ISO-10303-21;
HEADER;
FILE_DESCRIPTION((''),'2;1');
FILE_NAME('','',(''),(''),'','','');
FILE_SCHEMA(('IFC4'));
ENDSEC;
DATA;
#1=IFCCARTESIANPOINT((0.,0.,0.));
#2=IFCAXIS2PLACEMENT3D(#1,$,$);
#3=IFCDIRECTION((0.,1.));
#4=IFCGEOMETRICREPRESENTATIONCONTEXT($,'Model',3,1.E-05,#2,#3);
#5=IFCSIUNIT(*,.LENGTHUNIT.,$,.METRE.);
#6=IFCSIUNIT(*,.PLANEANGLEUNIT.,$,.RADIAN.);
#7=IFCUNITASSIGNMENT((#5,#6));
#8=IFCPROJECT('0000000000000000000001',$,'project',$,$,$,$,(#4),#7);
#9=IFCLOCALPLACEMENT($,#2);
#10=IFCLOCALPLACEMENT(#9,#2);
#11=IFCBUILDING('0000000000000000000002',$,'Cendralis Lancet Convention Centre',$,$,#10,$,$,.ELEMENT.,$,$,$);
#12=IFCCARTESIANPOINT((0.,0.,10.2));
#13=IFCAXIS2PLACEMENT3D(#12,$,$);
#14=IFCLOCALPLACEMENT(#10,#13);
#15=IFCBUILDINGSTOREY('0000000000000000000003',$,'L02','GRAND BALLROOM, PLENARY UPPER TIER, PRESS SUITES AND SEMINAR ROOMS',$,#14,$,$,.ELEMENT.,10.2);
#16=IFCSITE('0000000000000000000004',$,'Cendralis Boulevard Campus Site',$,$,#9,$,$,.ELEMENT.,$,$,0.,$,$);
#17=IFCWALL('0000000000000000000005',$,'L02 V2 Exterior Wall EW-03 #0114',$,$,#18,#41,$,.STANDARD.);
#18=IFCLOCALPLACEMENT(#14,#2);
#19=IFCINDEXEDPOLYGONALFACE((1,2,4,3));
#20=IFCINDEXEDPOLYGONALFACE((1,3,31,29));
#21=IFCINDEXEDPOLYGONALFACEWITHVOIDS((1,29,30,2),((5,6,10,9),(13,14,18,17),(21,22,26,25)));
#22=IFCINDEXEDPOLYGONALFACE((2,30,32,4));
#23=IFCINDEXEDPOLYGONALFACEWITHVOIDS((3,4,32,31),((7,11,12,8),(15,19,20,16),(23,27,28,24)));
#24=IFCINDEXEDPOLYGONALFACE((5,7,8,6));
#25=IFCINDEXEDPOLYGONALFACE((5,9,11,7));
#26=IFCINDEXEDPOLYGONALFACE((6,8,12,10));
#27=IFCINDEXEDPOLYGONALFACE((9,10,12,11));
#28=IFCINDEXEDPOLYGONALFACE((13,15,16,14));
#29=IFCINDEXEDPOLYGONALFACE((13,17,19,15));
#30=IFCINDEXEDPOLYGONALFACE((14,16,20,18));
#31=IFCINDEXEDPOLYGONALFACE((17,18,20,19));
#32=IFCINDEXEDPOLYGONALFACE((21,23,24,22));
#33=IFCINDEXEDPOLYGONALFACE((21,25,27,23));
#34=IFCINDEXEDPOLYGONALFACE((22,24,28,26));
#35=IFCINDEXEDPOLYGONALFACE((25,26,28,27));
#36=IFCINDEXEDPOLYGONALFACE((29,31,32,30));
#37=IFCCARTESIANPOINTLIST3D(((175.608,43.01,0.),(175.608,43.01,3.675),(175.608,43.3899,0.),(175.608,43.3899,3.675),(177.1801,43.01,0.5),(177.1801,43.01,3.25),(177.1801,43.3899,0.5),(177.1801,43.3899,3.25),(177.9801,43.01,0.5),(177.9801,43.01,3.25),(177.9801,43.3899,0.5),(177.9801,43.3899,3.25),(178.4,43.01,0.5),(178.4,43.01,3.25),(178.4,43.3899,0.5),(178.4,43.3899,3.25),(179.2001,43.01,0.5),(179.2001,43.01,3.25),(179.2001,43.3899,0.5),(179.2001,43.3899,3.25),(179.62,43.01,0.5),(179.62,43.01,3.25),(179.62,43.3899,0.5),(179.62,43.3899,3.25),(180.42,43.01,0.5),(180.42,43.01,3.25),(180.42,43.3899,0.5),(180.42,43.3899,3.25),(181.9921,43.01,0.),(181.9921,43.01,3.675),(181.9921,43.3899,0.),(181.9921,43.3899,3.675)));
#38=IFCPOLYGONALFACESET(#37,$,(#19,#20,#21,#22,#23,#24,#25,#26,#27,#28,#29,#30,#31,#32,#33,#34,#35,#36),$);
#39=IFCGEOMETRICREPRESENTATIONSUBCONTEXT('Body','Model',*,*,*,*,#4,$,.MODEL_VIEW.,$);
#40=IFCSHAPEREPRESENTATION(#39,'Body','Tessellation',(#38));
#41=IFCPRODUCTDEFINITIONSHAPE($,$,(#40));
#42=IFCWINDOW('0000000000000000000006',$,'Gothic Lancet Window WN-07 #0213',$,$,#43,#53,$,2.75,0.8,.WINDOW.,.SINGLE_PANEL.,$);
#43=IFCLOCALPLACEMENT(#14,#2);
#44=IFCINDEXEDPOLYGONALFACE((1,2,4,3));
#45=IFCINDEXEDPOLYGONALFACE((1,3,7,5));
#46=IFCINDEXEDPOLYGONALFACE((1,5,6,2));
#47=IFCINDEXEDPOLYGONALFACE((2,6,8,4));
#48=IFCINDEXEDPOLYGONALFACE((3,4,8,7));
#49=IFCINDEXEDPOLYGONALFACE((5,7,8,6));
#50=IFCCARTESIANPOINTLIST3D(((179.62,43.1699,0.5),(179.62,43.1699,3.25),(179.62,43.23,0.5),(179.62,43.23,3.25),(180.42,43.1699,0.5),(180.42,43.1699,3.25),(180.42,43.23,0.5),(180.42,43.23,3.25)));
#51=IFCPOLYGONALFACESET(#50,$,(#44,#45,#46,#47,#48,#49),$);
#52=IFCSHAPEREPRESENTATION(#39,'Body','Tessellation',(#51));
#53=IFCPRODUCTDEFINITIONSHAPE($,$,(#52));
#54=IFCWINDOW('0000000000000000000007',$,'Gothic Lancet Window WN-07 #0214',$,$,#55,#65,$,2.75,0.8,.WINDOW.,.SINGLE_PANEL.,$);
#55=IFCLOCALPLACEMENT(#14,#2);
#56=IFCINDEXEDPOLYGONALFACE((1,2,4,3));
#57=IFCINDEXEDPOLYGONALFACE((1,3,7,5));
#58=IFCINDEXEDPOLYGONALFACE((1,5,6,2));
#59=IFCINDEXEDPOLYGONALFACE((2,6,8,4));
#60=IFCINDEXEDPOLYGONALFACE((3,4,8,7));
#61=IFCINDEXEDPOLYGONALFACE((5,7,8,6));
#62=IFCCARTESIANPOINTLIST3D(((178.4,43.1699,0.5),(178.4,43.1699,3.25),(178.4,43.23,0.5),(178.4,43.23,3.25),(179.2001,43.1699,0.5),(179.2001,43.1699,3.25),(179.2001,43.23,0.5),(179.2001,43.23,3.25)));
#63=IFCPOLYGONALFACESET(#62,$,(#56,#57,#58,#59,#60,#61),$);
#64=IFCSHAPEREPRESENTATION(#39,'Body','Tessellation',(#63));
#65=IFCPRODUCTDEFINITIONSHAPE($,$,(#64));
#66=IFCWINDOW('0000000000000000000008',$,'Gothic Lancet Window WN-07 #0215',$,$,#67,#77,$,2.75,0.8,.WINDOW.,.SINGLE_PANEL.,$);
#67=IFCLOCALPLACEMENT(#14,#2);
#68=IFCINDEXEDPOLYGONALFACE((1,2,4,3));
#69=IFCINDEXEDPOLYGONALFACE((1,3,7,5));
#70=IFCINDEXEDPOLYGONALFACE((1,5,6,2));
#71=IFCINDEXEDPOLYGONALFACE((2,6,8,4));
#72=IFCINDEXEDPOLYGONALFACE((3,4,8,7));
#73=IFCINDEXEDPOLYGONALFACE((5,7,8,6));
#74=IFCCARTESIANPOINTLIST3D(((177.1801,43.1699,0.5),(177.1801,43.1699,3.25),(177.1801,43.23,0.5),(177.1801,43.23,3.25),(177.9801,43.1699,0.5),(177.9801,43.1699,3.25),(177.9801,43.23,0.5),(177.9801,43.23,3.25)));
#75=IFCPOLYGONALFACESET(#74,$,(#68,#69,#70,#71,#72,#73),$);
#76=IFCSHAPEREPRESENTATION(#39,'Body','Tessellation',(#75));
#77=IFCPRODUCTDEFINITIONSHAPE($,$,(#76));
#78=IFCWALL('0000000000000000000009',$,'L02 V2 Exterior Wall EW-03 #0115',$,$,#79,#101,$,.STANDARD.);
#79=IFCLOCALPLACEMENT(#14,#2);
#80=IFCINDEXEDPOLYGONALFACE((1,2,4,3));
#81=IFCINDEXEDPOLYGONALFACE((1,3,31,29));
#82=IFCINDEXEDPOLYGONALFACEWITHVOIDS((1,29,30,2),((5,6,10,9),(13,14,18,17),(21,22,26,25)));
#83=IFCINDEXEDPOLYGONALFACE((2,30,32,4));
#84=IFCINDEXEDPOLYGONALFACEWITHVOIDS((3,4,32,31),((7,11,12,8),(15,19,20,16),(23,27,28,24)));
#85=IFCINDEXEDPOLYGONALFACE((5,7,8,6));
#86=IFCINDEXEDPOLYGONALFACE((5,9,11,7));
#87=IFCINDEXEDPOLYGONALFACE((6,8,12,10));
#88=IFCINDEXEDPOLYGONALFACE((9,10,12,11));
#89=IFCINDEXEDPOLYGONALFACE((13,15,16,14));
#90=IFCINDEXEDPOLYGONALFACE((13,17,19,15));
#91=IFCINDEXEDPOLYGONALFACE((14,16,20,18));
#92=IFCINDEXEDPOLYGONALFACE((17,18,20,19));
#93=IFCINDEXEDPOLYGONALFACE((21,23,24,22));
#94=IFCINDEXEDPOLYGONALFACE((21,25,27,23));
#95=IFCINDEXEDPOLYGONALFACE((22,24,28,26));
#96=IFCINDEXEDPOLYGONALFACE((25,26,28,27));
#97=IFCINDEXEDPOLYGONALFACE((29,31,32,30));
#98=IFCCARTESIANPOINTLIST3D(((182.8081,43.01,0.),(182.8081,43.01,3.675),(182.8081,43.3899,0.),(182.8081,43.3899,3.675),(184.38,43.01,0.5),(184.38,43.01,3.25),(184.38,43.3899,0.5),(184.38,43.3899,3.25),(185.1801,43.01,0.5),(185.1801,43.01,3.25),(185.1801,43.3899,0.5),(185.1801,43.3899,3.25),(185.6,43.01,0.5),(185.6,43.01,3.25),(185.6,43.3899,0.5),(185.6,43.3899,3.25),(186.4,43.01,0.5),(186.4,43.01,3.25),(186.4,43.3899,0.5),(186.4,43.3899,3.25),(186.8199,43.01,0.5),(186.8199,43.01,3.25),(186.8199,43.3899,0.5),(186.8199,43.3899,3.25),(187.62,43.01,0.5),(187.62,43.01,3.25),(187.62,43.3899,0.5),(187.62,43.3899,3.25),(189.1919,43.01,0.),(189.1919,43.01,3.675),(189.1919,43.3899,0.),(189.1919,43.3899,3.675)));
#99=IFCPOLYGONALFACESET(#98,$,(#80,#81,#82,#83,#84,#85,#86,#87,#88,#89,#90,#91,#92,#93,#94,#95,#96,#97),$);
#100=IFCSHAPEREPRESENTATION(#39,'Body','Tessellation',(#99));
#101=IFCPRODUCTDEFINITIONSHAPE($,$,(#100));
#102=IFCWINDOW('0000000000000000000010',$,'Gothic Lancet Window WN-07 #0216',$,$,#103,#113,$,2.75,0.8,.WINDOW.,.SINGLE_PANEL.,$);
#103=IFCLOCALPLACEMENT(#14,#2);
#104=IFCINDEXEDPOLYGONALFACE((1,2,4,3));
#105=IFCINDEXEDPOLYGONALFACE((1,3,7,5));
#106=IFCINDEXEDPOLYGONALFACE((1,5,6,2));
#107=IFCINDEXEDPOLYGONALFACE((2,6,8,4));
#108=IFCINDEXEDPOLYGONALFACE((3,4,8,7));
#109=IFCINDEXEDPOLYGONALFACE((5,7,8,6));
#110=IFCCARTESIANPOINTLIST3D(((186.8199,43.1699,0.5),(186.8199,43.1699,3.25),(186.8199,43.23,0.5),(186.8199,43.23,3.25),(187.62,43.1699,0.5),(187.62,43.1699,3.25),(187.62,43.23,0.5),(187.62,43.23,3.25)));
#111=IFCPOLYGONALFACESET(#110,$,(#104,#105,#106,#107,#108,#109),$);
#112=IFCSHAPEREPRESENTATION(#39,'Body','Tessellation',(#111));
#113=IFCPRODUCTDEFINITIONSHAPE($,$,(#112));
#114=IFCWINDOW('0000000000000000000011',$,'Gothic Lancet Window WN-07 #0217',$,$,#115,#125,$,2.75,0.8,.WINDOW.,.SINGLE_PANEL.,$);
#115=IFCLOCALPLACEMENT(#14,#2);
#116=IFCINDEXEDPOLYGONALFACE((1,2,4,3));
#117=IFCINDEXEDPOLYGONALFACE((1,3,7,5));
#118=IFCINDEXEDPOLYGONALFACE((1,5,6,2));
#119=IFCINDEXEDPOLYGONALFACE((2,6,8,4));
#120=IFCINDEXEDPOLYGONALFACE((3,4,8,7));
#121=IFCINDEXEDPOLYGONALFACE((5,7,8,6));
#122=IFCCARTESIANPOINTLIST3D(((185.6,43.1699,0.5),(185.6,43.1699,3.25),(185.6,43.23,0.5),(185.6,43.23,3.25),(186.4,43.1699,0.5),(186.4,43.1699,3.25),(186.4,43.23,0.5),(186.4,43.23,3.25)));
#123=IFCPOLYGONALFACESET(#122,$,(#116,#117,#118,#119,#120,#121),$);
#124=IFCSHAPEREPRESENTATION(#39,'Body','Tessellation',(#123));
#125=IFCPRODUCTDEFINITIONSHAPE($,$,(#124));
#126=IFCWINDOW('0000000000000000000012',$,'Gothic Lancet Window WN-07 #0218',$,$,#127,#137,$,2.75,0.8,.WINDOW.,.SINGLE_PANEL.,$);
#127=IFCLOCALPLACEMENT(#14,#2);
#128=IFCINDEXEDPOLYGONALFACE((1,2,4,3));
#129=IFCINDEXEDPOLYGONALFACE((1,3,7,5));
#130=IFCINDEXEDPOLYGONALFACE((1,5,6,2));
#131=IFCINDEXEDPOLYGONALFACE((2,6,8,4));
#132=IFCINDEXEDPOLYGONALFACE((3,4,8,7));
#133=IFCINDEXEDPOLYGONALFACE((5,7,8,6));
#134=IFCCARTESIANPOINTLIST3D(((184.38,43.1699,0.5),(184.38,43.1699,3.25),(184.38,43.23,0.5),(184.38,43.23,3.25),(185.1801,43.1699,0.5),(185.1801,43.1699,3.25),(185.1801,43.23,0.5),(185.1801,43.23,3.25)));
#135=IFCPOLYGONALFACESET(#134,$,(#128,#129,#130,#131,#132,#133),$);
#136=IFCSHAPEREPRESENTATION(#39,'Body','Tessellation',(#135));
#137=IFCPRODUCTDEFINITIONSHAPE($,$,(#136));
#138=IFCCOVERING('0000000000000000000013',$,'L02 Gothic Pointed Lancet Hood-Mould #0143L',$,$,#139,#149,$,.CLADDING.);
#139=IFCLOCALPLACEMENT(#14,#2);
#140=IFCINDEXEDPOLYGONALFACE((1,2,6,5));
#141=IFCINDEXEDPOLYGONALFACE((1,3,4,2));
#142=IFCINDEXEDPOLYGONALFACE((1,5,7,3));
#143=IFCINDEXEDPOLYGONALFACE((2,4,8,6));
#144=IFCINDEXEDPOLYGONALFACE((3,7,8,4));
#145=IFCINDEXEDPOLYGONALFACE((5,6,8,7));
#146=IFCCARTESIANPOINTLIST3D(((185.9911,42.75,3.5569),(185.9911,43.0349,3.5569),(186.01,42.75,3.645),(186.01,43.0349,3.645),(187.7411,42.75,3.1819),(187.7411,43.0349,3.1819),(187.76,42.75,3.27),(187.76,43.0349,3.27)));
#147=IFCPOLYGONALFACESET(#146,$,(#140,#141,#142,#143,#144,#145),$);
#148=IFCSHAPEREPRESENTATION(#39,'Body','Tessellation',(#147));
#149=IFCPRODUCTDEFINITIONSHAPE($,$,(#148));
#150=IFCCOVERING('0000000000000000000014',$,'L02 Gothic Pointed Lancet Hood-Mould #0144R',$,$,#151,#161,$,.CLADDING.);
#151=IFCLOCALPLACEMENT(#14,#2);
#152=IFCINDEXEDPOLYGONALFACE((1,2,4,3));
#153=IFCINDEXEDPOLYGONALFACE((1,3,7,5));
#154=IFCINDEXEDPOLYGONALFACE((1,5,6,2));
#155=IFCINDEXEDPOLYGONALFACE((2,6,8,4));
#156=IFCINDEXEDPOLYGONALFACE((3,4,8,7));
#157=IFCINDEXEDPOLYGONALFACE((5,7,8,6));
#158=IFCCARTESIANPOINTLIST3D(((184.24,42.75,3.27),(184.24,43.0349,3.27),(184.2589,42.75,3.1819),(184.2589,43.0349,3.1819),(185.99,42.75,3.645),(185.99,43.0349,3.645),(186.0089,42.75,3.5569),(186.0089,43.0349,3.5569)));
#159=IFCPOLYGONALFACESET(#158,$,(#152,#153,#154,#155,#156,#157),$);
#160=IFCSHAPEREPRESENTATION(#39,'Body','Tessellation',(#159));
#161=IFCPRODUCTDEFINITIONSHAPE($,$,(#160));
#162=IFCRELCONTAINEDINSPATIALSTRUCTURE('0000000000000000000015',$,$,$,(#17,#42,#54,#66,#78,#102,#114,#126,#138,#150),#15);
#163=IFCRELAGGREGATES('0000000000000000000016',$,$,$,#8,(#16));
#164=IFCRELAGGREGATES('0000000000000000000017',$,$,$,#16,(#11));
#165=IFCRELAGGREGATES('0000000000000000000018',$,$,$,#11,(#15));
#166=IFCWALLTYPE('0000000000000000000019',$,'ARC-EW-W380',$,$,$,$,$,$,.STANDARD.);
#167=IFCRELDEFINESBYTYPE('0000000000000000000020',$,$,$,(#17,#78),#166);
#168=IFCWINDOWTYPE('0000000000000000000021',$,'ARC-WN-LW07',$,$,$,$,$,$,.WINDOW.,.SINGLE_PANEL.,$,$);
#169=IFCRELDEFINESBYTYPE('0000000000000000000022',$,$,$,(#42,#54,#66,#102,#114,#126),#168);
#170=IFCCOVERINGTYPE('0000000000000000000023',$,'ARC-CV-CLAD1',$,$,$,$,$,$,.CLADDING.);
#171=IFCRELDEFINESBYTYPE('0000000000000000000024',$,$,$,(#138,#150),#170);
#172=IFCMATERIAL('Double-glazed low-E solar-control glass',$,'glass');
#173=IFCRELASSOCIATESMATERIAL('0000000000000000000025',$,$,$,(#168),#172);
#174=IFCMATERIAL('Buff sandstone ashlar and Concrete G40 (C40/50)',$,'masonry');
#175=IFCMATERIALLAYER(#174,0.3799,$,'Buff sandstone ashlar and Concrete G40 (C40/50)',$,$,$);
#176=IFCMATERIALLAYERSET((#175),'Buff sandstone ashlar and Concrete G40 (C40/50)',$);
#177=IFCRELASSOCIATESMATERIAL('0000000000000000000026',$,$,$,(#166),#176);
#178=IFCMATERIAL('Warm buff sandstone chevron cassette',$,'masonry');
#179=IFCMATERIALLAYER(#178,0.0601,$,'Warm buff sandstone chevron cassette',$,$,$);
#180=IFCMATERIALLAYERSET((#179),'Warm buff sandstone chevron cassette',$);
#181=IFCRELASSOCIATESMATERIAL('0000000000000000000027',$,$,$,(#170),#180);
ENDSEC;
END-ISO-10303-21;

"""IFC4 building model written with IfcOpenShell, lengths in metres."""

from ifc_helpers import new_model, si_unit, direction, frame, frame_2d, origin, place, context, subcontext, project, spatial, polyline, rectangle, outline, extrude, material, layer, layer_set, type_object, element, fill, save


model = new_model("IFC4")

# Units and contexts
model_context = context("Model", 3, precision=1e-05, world=origin(), true_north=direction((0.0, 1.0)))
body_context = subcontext(model_context, "Body", "Model", "MODEL_VIEW")
ifc_project = project(units=[si_unit("LENGTHUNIT", "METRE"), si_unit("PLANEANGLEUNIT", "RADIAN")], contexts=[model_context])

# Site, building, storey
site_placement = place(None, origin())
site = spatial("IfcSite", under=ifc_project, at=site_placement, Name="Cendralis Boulevard Campus Site", CompositionType="ELEMENT", RefElevation=0.0)
building_placement = place(site_placement, origin())
building = spatial("IfcBuilding", under=site, at=building_placement, Name="Cendralis Lancet Convention Centre", CompositionType="ELEMENT")
storey_placement = place(building_placement, frame((0.0, 0.0, 10.2)))
storey = spatial("IfcBuildingStorey", under=building, at=storey_placement, Name="L02", Description="GRAND BALLROOM, PLENARY UPPER TIER, PRESS SUITES AND SEMINAR ROOMS", CompositionType="ELEMENT", Elevation=10.2)

# Walls, openings, windows
ifc_material_1 = material(Name="Buff sandstone ashlar and Concrete G40 (C40/50)", Category="masonry")
ifc_material_2 = material(Name="Double-glazed low-E solar-control glass", Category="glass")
window_type = type_object("IfcWindowType", Name="ARC-WN-LW07", PartitioningType="SINGLE_PANEL", PredefinedType="WINDOW", material=ifc_material_2)
ifc_layer_1 = layer(ifc_material_1, 0.3799, Name="Buff sandstone ashlar and Concrete G40 (C40/50)")
ifc_layer_set_1 = layer_set([ifc_layer_1], Name="Buff sandstone ashlar and Concrete G40 (C40/50)")
wall_type_1 = type_object("IfcWallType", Name="ARC-EW-W380", PredefinedType="STANDARD", material=ifc_layer_set_1)
wall_1_placement = place(storey_placement, frame((181.9919, 43.2, 0.0), z_axis=(0.0, 0.0, 1.0), x_axis=(-1.0, 0.0, 0.0)))
wall_1 = element("IfcWall", 1, at=wall_1_placement, inside=storey, type_object=wall_type_1, Name="L02 V2 Exterior Wall EW-03 #0114", PredefinedType="STANDARD", context=body_context, shape_type="SweptSolid", body=[
    extrude(rectangle(XDim=6.384, YDim=0.3799, at=frame_2d((3.1919, 0.0))), origin(), (0.0, 0.0, 1.0), 3.675),
])
opening_1_placement = place(wall_1_placement, frame((1.572, 0.0, 0.5)))
opening_1 = element("IfcOpeningElement", 2, at=opening_1_placement, cuts=wall_1, PredefinedType="OPENING", context=body_context, shape_type="SweptSolid", body=[
    extrude(rectangle(XDim=0.8, YDim=2.75, at=frame_2d((0.3999, 1.375))), frame((0.0, 0.2, 0.0), z_axis=(0.0, -1.0, 0.0), x_axis=(1.0, 0.0, 0.0)), (0.0, 0.0, 1.0), 0.3999),
])
opening_2_placement = place(wall_1_placement, frame((2.792, 0.0, 0.5)))
opening_2 = element("IfcOpeningElement", 3, at=opening_2_placement, cuts=wall_1, PredefinedType="OPENING", context=body_context, shape_type="SweptSolid", body=[
    extrude(rectangle(XDim=0.8, YDim=2.75, at=frame_2d((0.3999, 1.375))), frame((0.0, 0.2, 0.0), z_axis=(0.0, -1.0, 0.0), x_axis=(1.0, 0.0, 0.0)), (0.0, 0.0, 1.0), 0.3999),
])
opening_3_placement = place(wall_1_placement, frame((4.012, 0.0, 0.5)))
opening_3 = element("IfcOpeningElement", 4, at=opening_3_placement, cuts=wall_1, PredefinedType="OPENING", context=body_context, shape_type="SweptSolid", body=[
    extrude(rectangle(XDim=0.8, YDim=2.75, at=frame_2d((0.3999, 1.375))), frame((0.0, 0.2, 0.0), z_axis=(0.0, -1.0, 0.0), x_axis=(1.0, 0.0, 0.0)), (0.0, 0.0, 1.0), 0.3999),
])
window_1_placement = place(opening_1_placement, origin())
window_1 = element("IfcWindow", 5, at=window_1_placement, inside=storey, type_object=window_type, Name="Gothic Lancet Window WN-07 #0213", OverallHeight=2.75, OverallWidth=0.8, PartitioningType="SINGLE_PANEL", PredefinedType="WINDOW", context=body_context, shape_type="SweptSolid", body=[
    extrude(rectangle(XDim=0.8, YDim=2.75, at=frame_2d((0.3999, 1.375))), frame((0.0, 0.03, 0.0), z_axis=(0.0, -1.0, 0.0), x_axis=(1.0, 0.0, 0.0)), (0.0, 0.0, 1.0), 0.0601),
])
fill(opening_1, window_1)
window_2_placement = place(opening_2_placement, origin())
window_2 = element("IfcWindow", 6, at=window_2_placement, inside=storey, type_object=window_type, Name="Gothic Lancet Window WN-07 #0214", OverallHeight=2.75, OverallWidth=0.8, PartitioningType="SINGLE_PANEL", PredefinedType="WINDOW", context=body_context, shape_type="SweptSolid", body=[
    extrude(rectangle(XDim=0.8, YDim=2.75, at=frame_2d((0.3999, 1.375))), frame((0.0, 0.03, 0.0), z_axis=(0.0, -1.0, 0.0), x_axis=(1.0, 0.0, 0.0)), (0.0, 0.0, 1.0), 0.0601),
])
fill(opening_2, window_2)
window_3_placement = place(opening_3_placement, origin())
window_3 = element("IfcWindow", 7, at=window_3_placement, inside=storey, type_object=window_type, Name="Gothic Lancet Window WN-07 #0215", OverallHeight=2.75, OverallWidth=0.8, PartitioningType="SINGLE_PANEL", PredefinedType="WINDOW", context=body_context, shape_type="SweptSolid", body=[
    extrude(rectangle(XDim=0.8, YDim=2.75, at=frame_2d((0.3999, 1.375))), frame((0.0, 0.03, 0.0), z_axis=(0.0, -1.0, 0.0), x_axis=(1.0, 0.0, 0.0)), (0.0, 0.0, 1.0), 0.0601),
])
fill(opening_3, window_3)
wall_2_placement = place(storey_placement, frame((189.1919, 43.2, 0.0), z_axis=(0.0, 0.0, 1.0), x_axis=(-1.0, 0.0, 0.0)))
wall_2 = element("IfcWall", 8, at=wall_2_placement, inside=storey, type_object=wall_type_1, Name="L02 V2 Exterior Wall EW-03 #0115", PredefinedType="STANDARD", context=body_context, shape_type="SweptSolid", body=[
    extrude(rectangle(XDim=6.3838, YDim=0.3799, at=frame_2d((3.1919, 0.0))), origin(), (0.0, 0.0, 1.0), 3.675),
])
opening_4_placement = place(wall_2_placement, frame((1.572, 0.0, 0.5)))
opening_4 = element("IfcOpeningElement", 9, at=opening_4_placement, cuts=wall_2, PredefinedType="OPENING", context=body_context, shape_type="SweptSolid", body=[
    extrude(rectangle(XDim=0.8, YDim=2.75, at=frame_2d((0.3999, 1.375))), frame((0.0, 0.2, 0.0), z_axis=(0.0, -1.0, 0.0), x_axis=(1.0, 0.0, 0.0)), (0.0, 0.0, 1.0), 0.3999),
])
opening_5_placement = place(wall_2_placement, frame((2.792, 0.0, 0.5)))
opening_5 = element("IfcOpeningElement", 10, at=opening_5_placement, cuts=wall_2, PredefinedType="OPENING", context=body_context, shape_type="SweptSolid", body=[
    extrude(rectangle(XDim=0.8, YDim=2.75, at=frame_2d((0.3999, 1.375))), frame((0.0, 0.2, 0.0), z_axis=(0.0, -1.0, 0.0), x_axis=(1.0, 0.0, 0.0)), (0.0, 0.0, 1.0), 0.3999),
])
opening_6_placement = place(wall_2_placement, frame((4.012, 0.0, 0.5)))
opening_6 = element("IfcOpeningElement", 11, at=opening_6_placement, cuts=wall_2, PredefinedType="OPENING", context=body_context, shape_type="SweptSolid", body=[
    extrude(rectangle(XDim=0.8, YDim=2.75, at=frame_2d((0.3999, 1.375))), frame((0.0, 0.2, 0.0), z_axis=(0.0, -1.0, 0.0), x_axis=(1.0, 0.0, 0.0)), (0.0, 0.0, 1.0), 0.3999),
])
window_4_placement = place(opening_4_placement, origin())
window_4 = element("IfcWindow", 12, at=window_4_placement, inside=storey, type_object=window_type, Name="Gothic Lancet Window WN-07 #0216", OverallHeight=2.75, OverallWidth=0.8, PartitioningType="SINGLE_PANEL", PredefinedType="WINDOW", context=body_context, shape_type="SweptSolid", body=[
    extrude(rectangle(XDim=0.8, YDim=2.75, at=frame_2d((0.3999, 1.375))), frame((0.0, 0.03, 0.0), z_axis=(0.0, -1.0, 0.0), x_axis=(1.0, 0.0, 0.0)), (0.0, 0.0, 1.0), 0.0601),
])
fill(opening_4, window_4)
window_5_placement = place(opening_5_placement, origin())
window_5 = element("IfcWindow", 13, at=window_5_placement, inside=storey, type_object=window_type, Name="Gothic Lancet Window WN-07 #0217", OverallHeight=2.75, OverallWidth=0.8, PartitioningType="SINGLE_PANEL", PredefinedType="WINDOW", context=body_context, shape_type="SweptSolid", body=[
    extrude(rectangle(XDim=0.8, YDim=2.75, at=frame_2d((0.3999, 1.375))), frame((0.0, 0.03, 0.0), z_axis=(0.0, -1.0, 0.0), x_axis=(1.0, 0.0, 0.0)), (0.0, 0.0, 1.0), 0.0601),
])
fill(opening_5, window_5)
window_6_placement = place(opening_6_placement, origin())
window_6 = element("IfcWindow", 14, at=window_6_placement, inside=storey, type_object=window_type, Name="Gothic Lancet Window WN-07 #0218", OverallHeight=2.75, OverallWidth=0.8, PartitioningType="SINGLE_PANEL", PredefinedType="WINDOW", context=body_context, shape_type="SweptSolid", body=[
    extrude(rectangle(XDim=0.8, YDim=2.75, at=frame_2d((0.3999, 1.375))), frame((0.0, 0.03, 0.0), z_axis=(0.0, -1.0, 0.0), x_axis=(1.0, 0.0, 0.0)), (0.0, 0.0, 1.0), 0.0601),
])
fill(opening_6, window_6)

# Coverings
ifc_material_3 = material(Name="Warm buff sandstone chevron cassette", Category="masonry")
ifc_layer_2 = layer(ifc_material_3, 0.0601, Name="Warm buff sandstone chevron cassette")
ifc_layer_set_2 = layer_set([ifc_layer_2], Name="Warm buff sandstone chevron cassette")
covering_type = type_object("IfcCoveringType", Name="ARC-CV-CLAD1", PredefinedType="CLADDING", material=ifc_layer_set_2)
for number, where, z_axis, x_axis, name in (
    (15, (187.76, 42.75, 3.27), (0.209529, 0.0, 0.977802), (0.0, 1.0, 0.0), "L02 Gothic Pointed Lancet Hood-Mould #0143L"),
    (16, (185.99, 42.75, 3.645), (-0.209529, 0.0, 0.977802), (0.0, 1.0, 0.0), "L02 Gothic Pointed Lancet Hood-Mould #0144R"),
):
    element("IfcCovering", number, at=place(storey_placement, frame(where, z_axis=z_axis, x_axis=x_axis)), inside=storey, type_object=covering_type, Name=name, PredefinedType="CLADDING", context=body_context, shape_type="SweptSolid", body=[
        extrude(outline(polyline([(0.0, 0.0), (0.2849, 0.0), (0.2849, 1.7897), (0.0, 1.7897), (0.0, 0.0)])), origin(), (0.0, 0.0, -1.0), 0.0901),
    ])

save(model, "model.ifc")
